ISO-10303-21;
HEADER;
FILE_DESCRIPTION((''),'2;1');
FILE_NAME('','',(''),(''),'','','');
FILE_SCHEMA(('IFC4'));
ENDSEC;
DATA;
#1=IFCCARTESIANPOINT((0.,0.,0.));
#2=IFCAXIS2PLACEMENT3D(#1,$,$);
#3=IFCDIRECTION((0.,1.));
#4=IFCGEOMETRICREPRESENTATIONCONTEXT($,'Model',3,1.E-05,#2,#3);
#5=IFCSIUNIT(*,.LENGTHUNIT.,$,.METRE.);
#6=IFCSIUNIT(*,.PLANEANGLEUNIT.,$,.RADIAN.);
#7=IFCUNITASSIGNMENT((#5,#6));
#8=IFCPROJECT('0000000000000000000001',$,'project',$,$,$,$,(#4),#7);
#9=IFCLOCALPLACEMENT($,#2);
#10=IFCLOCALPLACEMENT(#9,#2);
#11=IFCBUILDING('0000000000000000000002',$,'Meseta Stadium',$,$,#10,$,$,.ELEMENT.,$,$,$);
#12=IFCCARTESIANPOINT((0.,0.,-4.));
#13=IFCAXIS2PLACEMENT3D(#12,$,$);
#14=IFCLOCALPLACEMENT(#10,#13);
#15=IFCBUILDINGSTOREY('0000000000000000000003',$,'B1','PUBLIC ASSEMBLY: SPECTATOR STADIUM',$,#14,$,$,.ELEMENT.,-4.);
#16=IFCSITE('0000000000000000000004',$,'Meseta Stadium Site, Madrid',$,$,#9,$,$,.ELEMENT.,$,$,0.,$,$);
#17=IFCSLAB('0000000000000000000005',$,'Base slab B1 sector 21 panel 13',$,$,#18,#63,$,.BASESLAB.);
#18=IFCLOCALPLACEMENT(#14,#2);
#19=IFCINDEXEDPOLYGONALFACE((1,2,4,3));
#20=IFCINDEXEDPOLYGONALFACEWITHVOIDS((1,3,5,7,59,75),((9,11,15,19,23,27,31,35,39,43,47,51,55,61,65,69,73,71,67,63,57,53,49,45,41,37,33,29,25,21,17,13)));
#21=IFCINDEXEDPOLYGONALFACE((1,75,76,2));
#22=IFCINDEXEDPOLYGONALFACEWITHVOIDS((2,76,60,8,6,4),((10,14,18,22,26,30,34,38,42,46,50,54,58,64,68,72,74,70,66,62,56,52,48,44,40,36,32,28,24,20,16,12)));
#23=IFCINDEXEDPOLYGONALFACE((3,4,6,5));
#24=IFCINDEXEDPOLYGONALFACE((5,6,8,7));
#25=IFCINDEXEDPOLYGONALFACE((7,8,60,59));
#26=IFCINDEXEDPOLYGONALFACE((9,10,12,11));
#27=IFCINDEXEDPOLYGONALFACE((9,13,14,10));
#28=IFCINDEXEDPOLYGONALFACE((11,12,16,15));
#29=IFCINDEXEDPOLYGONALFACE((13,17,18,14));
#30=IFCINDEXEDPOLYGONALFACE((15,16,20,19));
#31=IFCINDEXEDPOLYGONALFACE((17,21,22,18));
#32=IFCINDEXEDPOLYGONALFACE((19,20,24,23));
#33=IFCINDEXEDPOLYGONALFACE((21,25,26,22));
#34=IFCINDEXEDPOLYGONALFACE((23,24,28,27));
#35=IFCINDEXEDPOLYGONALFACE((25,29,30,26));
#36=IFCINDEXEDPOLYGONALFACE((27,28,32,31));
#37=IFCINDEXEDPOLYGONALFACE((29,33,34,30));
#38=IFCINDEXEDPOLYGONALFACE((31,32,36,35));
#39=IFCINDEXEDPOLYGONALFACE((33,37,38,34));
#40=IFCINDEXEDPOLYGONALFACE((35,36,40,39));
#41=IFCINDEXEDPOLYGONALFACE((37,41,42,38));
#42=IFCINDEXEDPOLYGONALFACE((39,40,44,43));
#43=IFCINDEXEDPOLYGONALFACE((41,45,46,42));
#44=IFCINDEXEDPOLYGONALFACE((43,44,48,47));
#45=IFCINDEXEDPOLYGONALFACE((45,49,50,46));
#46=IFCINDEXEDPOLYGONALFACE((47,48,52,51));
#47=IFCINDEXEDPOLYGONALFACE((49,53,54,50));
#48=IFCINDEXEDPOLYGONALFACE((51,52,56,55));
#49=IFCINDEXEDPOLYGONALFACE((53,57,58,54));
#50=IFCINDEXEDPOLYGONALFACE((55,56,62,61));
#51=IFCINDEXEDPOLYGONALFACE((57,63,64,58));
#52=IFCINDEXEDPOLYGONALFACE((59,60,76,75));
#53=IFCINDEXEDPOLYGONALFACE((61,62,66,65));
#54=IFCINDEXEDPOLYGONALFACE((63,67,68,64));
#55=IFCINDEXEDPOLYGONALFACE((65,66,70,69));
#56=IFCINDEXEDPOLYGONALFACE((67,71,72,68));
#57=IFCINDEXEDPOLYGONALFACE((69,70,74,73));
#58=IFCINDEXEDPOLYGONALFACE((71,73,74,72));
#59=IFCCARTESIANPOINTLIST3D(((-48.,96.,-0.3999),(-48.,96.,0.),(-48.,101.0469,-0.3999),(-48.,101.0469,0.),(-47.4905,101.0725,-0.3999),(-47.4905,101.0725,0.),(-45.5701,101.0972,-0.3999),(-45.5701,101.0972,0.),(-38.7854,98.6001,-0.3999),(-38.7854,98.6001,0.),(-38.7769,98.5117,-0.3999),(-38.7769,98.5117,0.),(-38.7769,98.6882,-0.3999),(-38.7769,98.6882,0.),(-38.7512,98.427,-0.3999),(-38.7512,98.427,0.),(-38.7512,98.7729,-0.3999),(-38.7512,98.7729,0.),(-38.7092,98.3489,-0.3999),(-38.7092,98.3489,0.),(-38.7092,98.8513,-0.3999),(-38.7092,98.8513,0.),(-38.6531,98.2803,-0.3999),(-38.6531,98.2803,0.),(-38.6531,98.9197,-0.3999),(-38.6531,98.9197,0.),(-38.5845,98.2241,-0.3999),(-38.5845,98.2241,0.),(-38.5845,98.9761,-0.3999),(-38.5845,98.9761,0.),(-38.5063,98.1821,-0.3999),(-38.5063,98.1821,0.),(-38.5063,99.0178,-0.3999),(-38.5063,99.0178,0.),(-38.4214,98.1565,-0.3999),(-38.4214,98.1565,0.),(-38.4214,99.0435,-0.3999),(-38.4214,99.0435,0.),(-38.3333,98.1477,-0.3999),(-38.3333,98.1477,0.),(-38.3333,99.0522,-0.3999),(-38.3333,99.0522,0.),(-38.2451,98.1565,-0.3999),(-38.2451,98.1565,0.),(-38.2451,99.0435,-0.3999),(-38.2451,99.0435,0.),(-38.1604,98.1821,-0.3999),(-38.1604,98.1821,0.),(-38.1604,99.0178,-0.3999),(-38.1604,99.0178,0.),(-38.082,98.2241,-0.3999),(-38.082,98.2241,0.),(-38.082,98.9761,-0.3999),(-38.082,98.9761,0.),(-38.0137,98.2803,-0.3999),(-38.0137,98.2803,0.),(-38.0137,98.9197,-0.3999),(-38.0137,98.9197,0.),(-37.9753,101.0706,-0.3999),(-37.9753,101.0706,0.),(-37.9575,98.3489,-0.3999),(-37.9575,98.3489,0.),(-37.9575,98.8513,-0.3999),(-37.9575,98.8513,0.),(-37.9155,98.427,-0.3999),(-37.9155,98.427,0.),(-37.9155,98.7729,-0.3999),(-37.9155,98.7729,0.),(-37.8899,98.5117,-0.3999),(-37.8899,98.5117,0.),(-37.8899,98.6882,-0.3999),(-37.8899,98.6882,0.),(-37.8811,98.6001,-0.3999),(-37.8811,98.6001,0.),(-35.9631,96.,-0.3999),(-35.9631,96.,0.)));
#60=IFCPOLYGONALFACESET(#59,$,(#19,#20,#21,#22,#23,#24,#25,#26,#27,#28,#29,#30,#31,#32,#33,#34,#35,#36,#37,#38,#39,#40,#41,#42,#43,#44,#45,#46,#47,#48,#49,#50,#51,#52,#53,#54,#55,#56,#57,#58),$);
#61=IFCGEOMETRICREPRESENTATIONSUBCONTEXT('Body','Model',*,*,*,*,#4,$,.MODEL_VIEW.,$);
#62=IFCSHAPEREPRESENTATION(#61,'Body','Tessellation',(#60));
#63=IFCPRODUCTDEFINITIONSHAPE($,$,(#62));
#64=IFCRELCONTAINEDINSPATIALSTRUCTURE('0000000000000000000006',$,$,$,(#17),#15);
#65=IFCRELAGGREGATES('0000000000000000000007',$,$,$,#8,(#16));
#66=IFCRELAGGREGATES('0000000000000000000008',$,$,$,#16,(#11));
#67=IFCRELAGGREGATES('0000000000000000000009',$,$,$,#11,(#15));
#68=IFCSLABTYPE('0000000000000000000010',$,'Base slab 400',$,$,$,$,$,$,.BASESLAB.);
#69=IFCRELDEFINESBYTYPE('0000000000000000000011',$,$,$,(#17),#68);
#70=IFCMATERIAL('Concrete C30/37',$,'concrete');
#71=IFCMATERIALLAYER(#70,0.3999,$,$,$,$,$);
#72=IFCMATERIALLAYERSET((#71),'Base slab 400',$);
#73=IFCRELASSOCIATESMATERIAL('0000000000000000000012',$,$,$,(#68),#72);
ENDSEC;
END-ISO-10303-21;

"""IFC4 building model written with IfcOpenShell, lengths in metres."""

from ifc_helpers import new_model, si_unit, direction, frame, origin, place, context, subcontext, project, spatial, polyline, outline, extrude, material, layer, layer_set, type_object, element, save


model = new_model("IFC4")

# Units and contexts
model_context = context("Model", 3, precision=1e-05, world=origin(), true_north=direction((0.0, 1.0)))
body_context = subcontext(model_context, "Body", "Model", "MODEL_VIEW")
ifc_project = project(units=[si_unit("LENGTHUNIT", "METRE"), si_unit("PLANEANGLEUNIT", "RADIAN")], contexts=[model_context])

# Site, building, storey
site_placement = place(None, origin())
site = spatial("IfcSite", under=ifc_project, at=site_placement, Name="Meseta Stadium Site, Madrid", CompositionType="ELEMENT", RefElevation=0.0)
building_placement = place(site_placement, origin())
building = spatial("IfcBuilding", under=site, at=building_placement, Name="Meseta Stadium", CompositionType="ELEMENT")
storey_placement = place(building_placement, frame((0.0, 0.0, -4.0)))
storey = spatial("IfcBuildingStorey", under=building, at=storey_placement, Name="B1", Description="PUBLIC ASSEMBLY: SPECTATOR STADIUM", CompositionType="ELEMENT", Elevation=-4.0)

# Slab
ifc_material = material(Name="Concrete C30/37", Category="concrete")
ifc_layer = layer(ifc_material, 0.3999)
ifc_layer_set = layer_set([ifc_layer], Name="Base slab 400")
slab_type = type_object("IfcSlabType", Name="Base slab 400", PredefinedType="BASESLAB", material=ifc_layer_set)
slab_1_placement = place(storey_placement, frame((0.0, 0.0, -0.3999)))
element("IfcSlab", 1, at=slab_1_placement, inside=storey, type_object=slab_type, Name="Base slab B1 sector 21 panel 13", PredefinedType="BASESLAB", context=body_context, shape_type="SweptSolid", body=[
    extrude(outline(polyline([(-45.5701, 101.0972), (-47.4905, 101.0725), (-48.0, 101.0469), (-48.0, 96.0), (-35.9631, 96.0), (-37.9753, 101.0706), (-45.5701, 101.0972)]), holes=[polyline([(-38.1604, 98.1821), (-38.2451, 98.1565), (-38.3333, 98.1477), (-38.4214, 98.1565), (-38.5063, 98.1821), (-38.5845, 98.2241), (-38.6531, 98.2803), (-38.7092, 98.3489), (-38.7512, 98.427), (-38.7769, 98.5117), (-38.7854, 98.6001), (-38.7769, 98.6882), (-38.7512, 98.7729), (-38.7092, 98.8513), (-38.6531, 98.9197), (-38.5845, 98.9761), (-38.5063, 99.0178), (-38.4214, 99.0435), (-38.3333, 99.0522), (-38.2451, 99.0435), (-38.1604, 99.0178), (-38.082, 98.9761), (-38.0137, 98.9197), (-37.9575, 98.8513), (-37.9155, 98.7729), (-37.8899, 98.6882), (-37.8811, 98.6001), (-37.8899, 98.5117), (-37.9155, 98.427), (-37.9575, 98.3489), (-38.0137, 98.2803), (-38.082, 98.2241), (-38.1604, 98.1821)])]), origin(), (0.0, 0.0, 1.0), 0.3999),
])

save(model, "model.ifc")
